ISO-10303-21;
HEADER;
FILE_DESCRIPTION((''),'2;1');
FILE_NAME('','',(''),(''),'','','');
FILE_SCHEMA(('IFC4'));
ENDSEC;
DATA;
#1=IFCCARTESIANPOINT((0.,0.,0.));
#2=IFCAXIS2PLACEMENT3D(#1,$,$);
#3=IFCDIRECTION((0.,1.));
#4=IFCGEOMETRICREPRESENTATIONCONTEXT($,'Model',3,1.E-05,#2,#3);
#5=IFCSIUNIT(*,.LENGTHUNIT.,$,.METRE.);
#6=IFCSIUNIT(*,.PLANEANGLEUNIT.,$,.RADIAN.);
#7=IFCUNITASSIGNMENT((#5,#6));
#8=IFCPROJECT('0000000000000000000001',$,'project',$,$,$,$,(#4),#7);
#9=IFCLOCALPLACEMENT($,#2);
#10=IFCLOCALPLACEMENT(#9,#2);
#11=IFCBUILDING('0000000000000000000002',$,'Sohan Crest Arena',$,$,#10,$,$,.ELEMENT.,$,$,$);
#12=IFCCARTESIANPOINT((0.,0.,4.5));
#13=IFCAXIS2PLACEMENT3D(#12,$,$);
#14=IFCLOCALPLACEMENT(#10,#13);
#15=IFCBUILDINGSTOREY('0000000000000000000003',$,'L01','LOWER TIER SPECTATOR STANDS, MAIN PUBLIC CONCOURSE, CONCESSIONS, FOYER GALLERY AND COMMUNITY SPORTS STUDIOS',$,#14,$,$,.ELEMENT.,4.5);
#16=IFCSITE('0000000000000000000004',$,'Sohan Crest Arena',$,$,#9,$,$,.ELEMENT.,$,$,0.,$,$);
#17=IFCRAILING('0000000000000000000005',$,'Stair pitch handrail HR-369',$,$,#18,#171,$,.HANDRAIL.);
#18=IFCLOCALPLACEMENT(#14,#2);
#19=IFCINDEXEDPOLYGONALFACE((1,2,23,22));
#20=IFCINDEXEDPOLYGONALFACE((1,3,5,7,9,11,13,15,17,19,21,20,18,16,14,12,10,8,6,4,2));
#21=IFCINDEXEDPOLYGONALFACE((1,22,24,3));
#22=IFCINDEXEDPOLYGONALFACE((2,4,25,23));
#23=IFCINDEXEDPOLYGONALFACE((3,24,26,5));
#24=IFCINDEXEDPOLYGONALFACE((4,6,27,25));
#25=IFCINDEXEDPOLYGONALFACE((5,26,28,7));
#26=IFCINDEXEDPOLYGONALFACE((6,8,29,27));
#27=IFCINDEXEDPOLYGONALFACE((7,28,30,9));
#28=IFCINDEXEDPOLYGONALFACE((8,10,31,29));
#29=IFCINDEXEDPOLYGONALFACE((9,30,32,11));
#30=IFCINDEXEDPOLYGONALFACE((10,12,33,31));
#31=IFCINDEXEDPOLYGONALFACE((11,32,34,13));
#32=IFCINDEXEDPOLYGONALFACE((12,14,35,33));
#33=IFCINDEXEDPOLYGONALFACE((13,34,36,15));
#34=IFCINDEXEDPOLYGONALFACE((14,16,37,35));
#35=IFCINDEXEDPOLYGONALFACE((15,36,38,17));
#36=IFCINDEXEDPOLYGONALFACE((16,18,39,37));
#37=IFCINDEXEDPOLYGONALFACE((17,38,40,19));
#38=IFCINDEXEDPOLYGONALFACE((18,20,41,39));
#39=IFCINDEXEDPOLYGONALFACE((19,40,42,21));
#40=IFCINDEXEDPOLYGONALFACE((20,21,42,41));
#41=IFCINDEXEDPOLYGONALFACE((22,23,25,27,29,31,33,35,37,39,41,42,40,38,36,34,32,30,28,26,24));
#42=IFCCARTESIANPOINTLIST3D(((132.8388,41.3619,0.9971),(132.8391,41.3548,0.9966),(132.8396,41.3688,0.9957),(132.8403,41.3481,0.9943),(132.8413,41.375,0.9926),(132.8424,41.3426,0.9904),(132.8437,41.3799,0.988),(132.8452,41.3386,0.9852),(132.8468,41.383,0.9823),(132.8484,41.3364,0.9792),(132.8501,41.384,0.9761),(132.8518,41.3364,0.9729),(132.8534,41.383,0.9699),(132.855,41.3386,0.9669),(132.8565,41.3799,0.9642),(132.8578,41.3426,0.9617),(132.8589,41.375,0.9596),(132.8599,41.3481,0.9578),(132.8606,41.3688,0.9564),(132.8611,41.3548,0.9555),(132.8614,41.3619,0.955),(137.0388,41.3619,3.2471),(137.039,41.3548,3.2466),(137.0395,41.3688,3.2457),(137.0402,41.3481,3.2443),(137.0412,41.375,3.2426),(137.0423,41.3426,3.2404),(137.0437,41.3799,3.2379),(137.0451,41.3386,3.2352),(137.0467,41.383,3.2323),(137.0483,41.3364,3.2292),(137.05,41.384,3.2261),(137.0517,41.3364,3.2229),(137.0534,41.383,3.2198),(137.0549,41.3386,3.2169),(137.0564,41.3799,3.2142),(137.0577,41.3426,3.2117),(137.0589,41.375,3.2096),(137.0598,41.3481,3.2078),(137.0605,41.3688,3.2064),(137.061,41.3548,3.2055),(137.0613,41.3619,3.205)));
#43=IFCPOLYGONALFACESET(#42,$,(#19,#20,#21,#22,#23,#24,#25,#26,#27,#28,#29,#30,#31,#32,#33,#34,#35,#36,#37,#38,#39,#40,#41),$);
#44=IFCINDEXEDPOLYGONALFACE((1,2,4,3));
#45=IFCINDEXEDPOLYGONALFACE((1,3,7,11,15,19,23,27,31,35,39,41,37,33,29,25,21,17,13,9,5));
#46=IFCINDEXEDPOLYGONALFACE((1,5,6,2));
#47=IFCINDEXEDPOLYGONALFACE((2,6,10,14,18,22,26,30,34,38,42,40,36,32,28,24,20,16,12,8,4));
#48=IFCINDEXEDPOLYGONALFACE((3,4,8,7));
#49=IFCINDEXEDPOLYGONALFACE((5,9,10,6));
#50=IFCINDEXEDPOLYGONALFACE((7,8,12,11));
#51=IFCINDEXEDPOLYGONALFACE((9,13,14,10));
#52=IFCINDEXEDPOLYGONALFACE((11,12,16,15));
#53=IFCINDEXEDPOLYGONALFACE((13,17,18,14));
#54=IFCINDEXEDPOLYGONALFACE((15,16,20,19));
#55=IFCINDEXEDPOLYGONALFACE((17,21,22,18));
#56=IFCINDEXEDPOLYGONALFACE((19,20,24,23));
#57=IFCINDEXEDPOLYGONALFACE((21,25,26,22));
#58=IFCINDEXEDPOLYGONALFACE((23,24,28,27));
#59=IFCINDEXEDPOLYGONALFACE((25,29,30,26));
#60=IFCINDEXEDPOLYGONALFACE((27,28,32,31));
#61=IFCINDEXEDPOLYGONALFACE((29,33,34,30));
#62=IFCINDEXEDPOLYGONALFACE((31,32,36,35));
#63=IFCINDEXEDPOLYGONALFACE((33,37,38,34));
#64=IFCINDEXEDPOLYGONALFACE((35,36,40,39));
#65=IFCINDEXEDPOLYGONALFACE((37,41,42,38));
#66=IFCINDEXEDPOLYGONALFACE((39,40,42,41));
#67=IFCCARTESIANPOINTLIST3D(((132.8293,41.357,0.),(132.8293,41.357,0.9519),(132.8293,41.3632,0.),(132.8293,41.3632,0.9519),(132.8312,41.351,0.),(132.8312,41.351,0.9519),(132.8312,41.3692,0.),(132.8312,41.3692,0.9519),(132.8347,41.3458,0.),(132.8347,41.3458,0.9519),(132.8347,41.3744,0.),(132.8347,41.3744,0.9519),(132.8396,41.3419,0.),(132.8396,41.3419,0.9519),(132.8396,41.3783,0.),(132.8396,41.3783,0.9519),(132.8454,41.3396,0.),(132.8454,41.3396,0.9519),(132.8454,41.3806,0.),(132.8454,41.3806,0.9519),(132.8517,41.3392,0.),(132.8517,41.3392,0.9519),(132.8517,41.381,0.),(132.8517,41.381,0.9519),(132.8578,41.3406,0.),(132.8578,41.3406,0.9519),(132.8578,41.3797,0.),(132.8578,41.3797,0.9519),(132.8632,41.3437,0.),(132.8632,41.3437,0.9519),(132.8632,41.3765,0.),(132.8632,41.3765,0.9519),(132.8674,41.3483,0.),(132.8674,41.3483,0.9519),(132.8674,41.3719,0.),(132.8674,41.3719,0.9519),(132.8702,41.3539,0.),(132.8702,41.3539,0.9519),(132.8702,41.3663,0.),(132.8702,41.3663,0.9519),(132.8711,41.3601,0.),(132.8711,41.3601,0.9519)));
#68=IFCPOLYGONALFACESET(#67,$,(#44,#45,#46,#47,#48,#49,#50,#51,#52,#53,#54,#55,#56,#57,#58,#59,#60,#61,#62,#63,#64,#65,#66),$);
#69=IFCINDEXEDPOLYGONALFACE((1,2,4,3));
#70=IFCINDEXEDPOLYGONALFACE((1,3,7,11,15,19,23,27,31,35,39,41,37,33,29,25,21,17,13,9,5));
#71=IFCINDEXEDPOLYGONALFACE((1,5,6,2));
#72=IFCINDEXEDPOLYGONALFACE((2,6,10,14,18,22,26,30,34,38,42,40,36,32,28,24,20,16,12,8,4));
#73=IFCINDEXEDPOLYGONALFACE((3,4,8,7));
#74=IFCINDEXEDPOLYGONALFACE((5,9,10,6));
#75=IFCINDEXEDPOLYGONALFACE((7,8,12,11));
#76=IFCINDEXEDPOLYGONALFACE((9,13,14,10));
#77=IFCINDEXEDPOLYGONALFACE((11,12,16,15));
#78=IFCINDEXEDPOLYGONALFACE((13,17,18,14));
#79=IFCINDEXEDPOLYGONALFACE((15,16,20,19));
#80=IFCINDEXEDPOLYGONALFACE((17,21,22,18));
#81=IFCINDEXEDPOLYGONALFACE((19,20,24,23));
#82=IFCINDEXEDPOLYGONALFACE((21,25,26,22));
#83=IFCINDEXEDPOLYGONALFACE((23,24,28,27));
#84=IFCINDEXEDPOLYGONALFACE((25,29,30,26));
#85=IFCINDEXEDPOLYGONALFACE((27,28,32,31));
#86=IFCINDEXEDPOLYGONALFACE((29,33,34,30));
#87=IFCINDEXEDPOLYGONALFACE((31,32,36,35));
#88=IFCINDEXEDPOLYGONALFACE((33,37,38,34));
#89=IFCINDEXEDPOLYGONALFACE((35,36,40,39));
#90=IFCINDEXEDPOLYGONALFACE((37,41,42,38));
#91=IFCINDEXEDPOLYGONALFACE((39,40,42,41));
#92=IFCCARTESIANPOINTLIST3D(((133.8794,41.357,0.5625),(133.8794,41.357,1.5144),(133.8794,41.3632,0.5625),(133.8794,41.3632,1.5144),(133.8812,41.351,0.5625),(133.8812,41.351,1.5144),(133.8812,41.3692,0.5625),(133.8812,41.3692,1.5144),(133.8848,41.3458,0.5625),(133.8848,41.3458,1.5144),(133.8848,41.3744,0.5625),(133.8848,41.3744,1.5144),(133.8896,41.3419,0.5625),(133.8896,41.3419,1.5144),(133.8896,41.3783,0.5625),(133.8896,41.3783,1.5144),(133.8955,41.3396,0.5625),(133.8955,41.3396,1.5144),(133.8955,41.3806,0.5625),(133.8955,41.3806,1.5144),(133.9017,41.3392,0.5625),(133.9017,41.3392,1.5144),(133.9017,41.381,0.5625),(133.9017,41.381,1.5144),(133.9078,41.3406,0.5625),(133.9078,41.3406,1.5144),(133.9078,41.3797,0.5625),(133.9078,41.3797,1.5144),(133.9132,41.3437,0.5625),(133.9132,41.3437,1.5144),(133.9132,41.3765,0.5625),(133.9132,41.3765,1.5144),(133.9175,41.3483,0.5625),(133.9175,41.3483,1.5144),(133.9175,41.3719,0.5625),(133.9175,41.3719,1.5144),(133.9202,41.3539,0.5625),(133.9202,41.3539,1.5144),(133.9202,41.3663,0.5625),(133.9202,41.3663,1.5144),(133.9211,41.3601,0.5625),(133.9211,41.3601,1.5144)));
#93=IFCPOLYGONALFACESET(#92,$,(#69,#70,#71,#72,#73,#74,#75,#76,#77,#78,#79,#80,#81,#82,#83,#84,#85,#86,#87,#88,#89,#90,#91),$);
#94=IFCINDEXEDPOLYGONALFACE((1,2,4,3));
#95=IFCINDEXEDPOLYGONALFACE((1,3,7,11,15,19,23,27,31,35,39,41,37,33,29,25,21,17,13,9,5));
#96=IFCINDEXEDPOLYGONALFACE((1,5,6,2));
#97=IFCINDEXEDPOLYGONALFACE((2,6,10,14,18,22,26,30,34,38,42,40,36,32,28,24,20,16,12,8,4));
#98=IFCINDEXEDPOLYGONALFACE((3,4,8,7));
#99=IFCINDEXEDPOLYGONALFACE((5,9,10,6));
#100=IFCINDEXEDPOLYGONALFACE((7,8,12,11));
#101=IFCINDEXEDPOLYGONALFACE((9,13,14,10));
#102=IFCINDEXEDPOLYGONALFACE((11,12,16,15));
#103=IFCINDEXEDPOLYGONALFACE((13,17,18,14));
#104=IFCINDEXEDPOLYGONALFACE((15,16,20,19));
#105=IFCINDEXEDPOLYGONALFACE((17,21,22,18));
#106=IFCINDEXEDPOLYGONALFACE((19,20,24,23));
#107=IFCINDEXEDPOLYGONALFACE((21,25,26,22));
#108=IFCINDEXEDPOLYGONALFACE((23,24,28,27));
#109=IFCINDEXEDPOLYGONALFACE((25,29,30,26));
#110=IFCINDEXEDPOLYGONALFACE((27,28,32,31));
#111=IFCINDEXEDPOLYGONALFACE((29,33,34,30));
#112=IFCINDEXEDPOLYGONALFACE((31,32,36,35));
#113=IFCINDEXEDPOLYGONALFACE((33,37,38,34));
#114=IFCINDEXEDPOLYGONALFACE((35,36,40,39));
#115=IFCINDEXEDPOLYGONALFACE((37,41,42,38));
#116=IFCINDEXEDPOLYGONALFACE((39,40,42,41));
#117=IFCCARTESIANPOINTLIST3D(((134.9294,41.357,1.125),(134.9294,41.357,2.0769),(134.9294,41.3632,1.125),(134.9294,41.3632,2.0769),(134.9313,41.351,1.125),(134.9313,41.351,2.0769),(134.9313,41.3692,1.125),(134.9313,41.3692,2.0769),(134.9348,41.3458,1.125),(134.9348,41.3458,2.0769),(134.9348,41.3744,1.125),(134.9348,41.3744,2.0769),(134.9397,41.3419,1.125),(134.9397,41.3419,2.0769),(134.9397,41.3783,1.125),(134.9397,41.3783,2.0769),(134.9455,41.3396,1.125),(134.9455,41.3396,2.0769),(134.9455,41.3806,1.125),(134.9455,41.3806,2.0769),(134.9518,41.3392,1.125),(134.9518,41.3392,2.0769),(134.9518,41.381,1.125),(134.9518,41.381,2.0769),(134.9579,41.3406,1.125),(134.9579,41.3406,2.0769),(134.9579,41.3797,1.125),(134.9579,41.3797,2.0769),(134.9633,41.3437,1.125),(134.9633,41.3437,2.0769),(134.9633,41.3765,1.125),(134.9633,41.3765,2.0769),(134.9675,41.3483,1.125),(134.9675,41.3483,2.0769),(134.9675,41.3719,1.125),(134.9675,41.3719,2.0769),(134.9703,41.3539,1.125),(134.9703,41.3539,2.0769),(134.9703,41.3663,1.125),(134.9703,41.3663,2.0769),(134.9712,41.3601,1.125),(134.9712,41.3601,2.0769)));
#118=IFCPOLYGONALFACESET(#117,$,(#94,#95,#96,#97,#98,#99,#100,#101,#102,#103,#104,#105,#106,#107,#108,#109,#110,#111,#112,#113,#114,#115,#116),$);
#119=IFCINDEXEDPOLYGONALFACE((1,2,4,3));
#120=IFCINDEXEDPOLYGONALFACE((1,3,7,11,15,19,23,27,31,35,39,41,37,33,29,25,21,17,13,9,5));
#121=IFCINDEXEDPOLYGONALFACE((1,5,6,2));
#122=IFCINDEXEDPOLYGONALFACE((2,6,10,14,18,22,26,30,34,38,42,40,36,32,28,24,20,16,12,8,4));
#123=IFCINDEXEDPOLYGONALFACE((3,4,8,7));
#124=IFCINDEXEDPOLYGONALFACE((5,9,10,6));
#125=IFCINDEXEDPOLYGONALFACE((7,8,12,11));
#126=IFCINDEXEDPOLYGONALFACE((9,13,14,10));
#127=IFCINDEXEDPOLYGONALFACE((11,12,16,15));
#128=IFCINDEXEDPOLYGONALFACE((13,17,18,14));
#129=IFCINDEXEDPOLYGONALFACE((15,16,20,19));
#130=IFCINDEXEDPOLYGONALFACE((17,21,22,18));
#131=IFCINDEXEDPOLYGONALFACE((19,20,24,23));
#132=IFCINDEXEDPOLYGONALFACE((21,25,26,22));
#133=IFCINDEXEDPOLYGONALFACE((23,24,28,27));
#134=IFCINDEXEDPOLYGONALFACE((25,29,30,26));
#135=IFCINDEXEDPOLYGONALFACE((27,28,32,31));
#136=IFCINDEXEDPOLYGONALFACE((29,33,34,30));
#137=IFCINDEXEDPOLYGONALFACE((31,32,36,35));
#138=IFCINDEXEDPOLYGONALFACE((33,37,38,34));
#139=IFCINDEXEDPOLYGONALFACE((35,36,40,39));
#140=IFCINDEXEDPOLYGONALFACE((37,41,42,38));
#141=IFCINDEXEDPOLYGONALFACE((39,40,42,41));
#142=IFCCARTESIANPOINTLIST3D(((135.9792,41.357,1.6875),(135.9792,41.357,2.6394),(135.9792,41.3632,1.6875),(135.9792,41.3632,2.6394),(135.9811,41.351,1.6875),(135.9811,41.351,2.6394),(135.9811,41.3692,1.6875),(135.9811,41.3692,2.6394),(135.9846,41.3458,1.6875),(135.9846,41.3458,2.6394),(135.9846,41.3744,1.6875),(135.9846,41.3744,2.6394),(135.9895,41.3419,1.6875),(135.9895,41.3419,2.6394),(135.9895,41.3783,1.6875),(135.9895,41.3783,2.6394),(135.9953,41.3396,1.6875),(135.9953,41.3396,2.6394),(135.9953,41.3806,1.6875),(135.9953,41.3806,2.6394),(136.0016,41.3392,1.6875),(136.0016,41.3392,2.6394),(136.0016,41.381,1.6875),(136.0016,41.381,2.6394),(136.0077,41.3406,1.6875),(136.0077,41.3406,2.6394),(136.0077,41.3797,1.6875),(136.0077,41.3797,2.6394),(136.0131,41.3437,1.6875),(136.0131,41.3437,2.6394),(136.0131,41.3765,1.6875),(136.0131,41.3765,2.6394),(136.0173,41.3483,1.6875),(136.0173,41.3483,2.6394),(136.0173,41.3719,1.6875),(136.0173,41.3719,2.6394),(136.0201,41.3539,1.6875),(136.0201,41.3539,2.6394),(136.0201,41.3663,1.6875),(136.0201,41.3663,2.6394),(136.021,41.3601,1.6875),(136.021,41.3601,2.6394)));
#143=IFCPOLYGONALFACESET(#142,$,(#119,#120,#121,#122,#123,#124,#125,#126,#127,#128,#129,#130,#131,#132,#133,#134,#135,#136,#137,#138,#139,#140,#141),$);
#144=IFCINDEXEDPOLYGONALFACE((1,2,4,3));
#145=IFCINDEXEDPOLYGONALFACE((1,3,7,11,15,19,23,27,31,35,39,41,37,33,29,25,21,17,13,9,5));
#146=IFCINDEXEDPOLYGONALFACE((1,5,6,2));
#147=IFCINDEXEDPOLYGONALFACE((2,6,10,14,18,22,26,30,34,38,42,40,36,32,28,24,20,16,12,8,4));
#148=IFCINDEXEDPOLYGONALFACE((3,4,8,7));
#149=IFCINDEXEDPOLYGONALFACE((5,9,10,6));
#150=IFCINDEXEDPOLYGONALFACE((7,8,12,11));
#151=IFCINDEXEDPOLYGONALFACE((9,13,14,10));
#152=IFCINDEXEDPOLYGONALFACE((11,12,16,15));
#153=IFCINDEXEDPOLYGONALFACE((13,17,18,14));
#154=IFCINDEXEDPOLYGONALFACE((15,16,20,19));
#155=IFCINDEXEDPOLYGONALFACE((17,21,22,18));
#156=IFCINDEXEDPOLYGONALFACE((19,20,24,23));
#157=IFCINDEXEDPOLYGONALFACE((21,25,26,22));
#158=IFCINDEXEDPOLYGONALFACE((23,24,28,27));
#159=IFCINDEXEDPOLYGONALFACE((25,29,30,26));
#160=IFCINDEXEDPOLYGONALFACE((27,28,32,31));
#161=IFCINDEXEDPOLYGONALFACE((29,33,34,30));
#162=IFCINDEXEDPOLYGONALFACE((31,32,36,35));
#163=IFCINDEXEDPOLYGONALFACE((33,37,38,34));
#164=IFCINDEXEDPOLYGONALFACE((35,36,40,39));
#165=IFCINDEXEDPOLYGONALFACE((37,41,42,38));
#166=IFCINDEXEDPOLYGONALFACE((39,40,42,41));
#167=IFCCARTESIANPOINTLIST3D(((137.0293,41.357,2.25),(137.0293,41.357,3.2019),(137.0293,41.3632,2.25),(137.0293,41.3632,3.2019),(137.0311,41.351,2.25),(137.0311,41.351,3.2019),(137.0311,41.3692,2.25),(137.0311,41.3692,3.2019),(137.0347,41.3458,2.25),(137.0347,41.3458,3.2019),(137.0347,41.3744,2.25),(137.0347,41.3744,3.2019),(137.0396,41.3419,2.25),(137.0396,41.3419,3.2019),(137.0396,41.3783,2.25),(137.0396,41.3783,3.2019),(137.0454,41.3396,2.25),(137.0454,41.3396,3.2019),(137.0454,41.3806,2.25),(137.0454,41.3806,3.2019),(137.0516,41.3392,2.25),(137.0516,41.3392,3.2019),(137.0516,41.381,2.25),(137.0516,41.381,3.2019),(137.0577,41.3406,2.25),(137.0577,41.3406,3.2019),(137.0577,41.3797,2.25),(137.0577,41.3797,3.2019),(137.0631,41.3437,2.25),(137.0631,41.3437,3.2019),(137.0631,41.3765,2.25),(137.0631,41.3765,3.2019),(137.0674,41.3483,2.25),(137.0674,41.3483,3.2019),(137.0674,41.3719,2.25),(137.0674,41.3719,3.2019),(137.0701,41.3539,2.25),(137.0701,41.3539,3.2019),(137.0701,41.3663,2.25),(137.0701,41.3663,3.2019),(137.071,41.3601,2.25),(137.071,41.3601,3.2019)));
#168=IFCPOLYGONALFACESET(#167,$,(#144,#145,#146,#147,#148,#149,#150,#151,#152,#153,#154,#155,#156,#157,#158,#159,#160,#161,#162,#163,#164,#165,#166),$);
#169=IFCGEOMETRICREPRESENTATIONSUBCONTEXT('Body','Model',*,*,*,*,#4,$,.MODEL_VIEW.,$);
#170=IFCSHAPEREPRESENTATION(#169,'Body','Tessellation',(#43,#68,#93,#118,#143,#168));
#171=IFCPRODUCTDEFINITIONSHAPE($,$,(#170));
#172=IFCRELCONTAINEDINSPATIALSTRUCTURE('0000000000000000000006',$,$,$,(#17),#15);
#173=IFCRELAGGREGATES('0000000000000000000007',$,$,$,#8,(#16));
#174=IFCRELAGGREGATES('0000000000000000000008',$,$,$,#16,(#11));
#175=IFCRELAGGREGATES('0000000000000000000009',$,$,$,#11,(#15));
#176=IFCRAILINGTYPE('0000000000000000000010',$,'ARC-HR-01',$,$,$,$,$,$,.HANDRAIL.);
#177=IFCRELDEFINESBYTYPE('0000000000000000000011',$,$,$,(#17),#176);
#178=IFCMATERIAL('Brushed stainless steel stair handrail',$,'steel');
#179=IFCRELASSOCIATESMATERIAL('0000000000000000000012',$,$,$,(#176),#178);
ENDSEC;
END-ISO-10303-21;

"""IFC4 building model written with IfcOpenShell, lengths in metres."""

from ifc_helpers import new_model, si_unit, direction, frame, origin, origin_2d, place, context, subcontext, project, spatial, circle, extrude, material, type_object, element, save


model = new_model("IFC4")

# Units and contexts
model_context = context("Model", 3, precision=1e-05, world=origin(), true_north=direction((0.0, 1.0)))
body_context = subcontext(model_context, "Body", "Model", "MODEL_VIEW")
ifc_project = project(units=[si_unit("LENGTHUNIT", "METRE"), si_unit("PLANEANGLEUNIT", "RADIAN")], contexts=[model_context])

# Site, building, storey
site_placement = place(None, origin())
site = spatial("IfcSite", under=ifc_project, at=site_placement, Name="Sohan Crest Arena", CompositionType="ELEMENT", RefElevation=0.0)
building_placement = place(site_placement, origin())
building = spatial("IfcBuilding", under=site, at=building_placement, Name="Sohan Crest Arena", CompositionType="ELEMENT")
storey_placement = place(building_placement, frame((0.0, 0.0, 4.5)))
storey = spatial("IfcBuildingStorey", under=building, at=storey_placement, Name="L01", Description="LOWER TIER SPECTATOR STANDS, MAIN PUBLIC CONCOURSE, CONCESSIONS, FOYER GALLERY AND COMMUNITY SPORTS STUDIOS", CompositionType="ELEMENT", Elevation=4.5)

# Railing
ifc_material_1 = material(Name="Brushed stainless steel stair handrail", Category="steel")
railing_type_1 = type_object("IfcRailingType", Name="ARC-HR-01", PredefinedType="HANDRAIL", material=ifc_material_1)
for number, where, name in (
    (1, (132.8501, 41.3601, 0.0), "Stair pitch handrail HR-369"),
):
    element("IfcRailing", number, at=place(storey_placement, frame(where)), inside=storey, type_object=railing_type_1, Name=name, PredefinedType="HANDRAIL", context=body_context, shape_type="SweptSolid", body=[
        extrude(circle(Radius=0.0239, at=origin_2d()), frame((0.0, 0.0, 0.9761), z_axis=(0.881478, 0.0, 0.472226), x_axis=(0.0, 1.0, 0.0)), (0.0, 0.0, 1.0), 4.7646),
        extrude(circle(Radius=0.021, at=origin_2d()), origin(), (0.0, 0.0, 1.0), 0.9519),
        extrude(circle(Radius=0.021, at=origin_2d()), frame((1.05, 0.0, 0.5625)), (0.0, 0.0, 1.0), 0.9519),
        extrude(circle(Radius=0.021, at=origin_2d()), frame((2.1001, 0.0, 1.125)), (0.0, 0.0, 1.0), 0.9519),
        extrude(circle(Radius=0.021, at=origin_2d()), frame((3.1499, 0.0, 1.6875)), (0.0, 0.0, 1.0), 0.9519),
        extrude(circle(Radius=0.021, at=origin_2d()), frame((4.2, 0.0, 2.25)), (0.0, 0.0, 1.0), 0.9519),
    ])

save(model, "model.ifc")
